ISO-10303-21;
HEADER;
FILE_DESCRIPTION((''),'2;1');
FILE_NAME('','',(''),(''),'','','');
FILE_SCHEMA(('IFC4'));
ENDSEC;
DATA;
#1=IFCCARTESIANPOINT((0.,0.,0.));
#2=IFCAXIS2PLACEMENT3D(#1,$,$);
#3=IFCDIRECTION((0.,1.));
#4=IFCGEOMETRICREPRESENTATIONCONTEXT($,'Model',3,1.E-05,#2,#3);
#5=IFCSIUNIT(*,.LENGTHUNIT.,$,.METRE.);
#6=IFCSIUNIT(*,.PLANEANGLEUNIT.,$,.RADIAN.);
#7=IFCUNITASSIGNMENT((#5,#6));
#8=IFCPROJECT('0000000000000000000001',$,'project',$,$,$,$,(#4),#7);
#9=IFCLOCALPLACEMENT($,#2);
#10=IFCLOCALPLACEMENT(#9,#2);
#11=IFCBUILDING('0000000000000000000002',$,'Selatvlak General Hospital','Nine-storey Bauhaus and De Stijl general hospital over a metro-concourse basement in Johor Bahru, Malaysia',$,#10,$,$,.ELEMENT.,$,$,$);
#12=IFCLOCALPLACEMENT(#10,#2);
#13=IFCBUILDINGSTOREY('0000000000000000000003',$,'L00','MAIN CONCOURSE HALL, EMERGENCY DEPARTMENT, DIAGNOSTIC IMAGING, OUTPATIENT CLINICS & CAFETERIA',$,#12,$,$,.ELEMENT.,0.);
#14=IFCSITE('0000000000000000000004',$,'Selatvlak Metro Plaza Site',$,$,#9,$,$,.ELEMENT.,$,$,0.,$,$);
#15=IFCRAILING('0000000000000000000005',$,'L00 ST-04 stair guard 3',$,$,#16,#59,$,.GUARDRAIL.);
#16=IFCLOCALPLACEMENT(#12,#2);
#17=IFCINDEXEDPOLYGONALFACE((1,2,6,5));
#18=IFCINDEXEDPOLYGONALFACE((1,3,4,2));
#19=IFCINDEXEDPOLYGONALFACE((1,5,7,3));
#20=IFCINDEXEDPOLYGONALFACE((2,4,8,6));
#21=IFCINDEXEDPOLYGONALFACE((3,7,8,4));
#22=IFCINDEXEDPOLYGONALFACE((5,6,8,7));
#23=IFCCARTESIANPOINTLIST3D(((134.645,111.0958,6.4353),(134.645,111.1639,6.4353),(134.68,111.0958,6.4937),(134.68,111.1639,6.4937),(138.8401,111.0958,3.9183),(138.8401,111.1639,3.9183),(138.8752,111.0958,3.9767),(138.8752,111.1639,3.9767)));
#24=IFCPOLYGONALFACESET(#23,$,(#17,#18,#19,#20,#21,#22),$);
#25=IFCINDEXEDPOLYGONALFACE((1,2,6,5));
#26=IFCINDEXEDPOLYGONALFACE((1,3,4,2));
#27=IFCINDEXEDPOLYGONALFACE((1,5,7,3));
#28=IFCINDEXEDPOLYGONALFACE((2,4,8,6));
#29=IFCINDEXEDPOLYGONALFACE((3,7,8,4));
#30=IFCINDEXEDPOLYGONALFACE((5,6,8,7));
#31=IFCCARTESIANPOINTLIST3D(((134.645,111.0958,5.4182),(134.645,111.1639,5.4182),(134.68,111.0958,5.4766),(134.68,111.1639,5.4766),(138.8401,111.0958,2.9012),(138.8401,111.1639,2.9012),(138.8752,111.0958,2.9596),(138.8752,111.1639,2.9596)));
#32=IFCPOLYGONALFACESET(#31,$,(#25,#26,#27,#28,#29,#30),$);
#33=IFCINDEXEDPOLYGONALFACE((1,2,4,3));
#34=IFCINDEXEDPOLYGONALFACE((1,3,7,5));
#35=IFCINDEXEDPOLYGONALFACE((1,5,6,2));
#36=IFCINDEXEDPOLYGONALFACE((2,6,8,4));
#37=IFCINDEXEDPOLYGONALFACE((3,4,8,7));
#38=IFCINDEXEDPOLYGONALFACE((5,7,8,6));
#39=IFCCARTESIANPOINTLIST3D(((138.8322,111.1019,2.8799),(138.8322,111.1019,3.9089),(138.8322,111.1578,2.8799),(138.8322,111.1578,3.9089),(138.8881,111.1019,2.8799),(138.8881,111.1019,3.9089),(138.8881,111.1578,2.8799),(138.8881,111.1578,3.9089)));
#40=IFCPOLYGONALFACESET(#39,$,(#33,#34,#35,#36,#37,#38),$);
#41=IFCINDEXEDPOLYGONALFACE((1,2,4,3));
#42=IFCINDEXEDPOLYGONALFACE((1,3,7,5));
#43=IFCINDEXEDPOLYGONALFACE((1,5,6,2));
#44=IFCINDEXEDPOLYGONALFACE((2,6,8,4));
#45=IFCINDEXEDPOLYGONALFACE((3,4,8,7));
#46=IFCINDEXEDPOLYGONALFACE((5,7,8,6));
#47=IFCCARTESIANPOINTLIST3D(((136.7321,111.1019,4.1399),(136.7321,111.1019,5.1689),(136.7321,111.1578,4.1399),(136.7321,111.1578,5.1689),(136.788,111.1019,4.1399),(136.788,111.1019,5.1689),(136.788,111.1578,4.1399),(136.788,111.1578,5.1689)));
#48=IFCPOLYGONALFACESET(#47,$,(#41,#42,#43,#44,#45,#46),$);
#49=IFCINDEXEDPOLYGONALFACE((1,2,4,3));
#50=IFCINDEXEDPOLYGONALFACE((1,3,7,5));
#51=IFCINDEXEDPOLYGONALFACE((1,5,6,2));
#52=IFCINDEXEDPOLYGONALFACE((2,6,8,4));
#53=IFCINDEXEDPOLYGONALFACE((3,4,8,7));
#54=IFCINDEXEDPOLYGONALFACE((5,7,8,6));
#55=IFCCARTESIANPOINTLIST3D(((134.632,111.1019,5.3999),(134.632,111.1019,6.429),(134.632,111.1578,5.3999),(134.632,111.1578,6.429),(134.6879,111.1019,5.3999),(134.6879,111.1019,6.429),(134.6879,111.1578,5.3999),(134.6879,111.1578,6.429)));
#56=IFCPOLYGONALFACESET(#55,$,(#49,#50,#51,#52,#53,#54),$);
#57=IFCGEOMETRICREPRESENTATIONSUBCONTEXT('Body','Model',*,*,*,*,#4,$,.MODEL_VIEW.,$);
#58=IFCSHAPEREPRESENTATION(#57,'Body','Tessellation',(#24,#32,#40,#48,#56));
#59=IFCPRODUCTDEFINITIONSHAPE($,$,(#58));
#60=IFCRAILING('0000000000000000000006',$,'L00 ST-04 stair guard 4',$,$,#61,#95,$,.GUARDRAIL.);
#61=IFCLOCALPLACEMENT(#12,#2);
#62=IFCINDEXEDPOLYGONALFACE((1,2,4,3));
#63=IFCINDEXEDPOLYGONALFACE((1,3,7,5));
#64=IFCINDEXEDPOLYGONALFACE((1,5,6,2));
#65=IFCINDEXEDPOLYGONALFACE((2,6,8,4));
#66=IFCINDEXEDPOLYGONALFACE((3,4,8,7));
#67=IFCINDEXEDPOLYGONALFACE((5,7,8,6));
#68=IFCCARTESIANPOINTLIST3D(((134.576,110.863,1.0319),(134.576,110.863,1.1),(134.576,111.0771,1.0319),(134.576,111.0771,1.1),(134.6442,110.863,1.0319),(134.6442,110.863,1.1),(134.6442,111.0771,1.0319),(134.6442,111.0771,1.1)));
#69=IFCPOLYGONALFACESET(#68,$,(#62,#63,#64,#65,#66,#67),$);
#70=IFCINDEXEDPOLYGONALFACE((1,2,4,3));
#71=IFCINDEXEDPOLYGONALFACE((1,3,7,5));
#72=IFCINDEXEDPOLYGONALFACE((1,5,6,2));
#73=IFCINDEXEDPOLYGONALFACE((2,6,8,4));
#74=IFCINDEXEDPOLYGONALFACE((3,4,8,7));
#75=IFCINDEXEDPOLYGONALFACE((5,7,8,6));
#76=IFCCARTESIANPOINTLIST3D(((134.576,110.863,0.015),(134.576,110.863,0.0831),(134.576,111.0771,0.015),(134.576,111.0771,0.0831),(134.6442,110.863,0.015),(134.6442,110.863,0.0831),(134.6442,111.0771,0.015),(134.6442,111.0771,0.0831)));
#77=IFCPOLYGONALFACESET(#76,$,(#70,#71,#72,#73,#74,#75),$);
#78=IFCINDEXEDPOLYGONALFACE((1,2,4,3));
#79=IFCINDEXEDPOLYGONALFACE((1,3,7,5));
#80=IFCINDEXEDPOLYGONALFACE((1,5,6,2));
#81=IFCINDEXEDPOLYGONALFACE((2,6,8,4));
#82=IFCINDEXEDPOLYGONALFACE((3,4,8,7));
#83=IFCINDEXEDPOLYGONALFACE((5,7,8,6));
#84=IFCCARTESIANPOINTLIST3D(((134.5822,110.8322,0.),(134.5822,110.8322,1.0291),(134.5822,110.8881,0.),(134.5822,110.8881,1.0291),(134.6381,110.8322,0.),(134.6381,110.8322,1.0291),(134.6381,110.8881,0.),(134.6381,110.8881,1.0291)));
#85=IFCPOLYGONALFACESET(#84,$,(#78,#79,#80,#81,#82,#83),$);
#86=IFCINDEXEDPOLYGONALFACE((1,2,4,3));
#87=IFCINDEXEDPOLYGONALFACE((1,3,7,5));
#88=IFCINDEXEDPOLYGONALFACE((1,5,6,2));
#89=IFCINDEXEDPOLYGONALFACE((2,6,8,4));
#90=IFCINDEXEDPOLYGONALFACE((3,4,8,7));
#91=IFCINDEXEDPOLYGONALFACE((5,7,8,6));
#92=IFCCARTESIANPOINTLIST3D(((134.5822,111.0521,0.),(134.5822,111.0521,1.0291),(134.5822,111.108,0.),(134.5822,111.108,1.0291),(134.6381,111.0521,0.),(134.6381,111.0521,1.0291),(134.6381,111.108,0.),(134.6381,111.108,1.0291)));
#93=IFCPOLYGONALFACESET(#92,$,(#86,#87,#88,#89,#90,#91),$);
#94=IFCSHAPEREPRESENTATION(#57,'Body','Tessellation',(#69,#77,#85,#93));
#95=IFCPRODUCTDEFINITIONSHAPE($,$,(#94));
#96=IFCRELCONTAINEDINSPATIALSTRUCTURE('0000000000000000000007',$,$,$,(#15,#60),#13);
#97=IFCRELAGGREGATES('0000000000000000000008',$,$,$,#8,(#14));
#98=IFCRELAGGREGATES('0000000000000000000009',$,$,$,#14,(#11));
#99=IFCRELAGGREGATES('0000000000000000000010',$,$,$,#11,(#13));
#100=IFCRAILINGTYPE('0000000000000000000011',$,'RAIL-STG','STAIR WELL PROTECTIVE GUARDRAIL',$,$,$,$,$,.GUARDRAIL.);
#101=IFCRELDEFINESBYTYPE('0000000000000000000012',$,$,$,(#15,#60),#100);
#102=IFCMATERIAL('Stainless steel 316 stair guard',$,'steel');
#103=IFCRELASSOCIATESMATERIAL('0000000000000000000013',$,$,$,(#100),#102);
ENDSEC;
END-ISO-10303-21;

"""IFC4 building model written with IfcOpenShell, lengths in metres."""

from ifc_helpers import new_model, si_unit, direction, frame, origin, origin_2d, place, context, subcontext, project, spatial, rectangle, extrude, material, type_object, element, save


model = new_model("IFC4")

# Units and contexts
model_context = context("Model", 3, precision=1e-05, world=origin(), true_north=direction((0.0, 1.0)))
body_context = subcontext(model_context, "Body", "Model", "MODEL_VIEW")
ifc_project = project(units=[si_unit("LENGTHUNIT", "METRE"), si_unit("PLANEANGLEUNIT", "RADIAN")], contexts=[model_context])

# Site, building, storey
site_placement = place(None, origin())
site = spatial("IfcSite", under=ifc_project, at=site_placement, Name="Selatvlak Metro Plaza Site", CompositionType="ELEMENT", RefElevation=0.0)
building_placement = place(site_placement, origin())
building = spatial("IfcBuilding", under=site, at=building_placement, Name="Selatvlak General Hospital", Description="Nine-storey Bauhaus and De Stijl general hospital over a metro-concourse basement in Johor Bahru, Malaysia", CompositionType="ELEMENT")
storey_placement = place(building_placement, origin())
storey = spatial("IfcBuildingStorey", under=building, at=storey_placement, Name="L00", Description="MAIN CONCOURSE HALL, EMERGENCY DEPARTMENT, DIAGNOSTIC IMAGING, OUTPATIENT CLINICS & CAFETERIA", CompositionType="ELEMENT", Elevation=0.0)

# Railings
ifc_material_1 = material(Name="Stainless steel 316 stair guard", Category="steel")
railing_type_1 = type_object("IfcRailingType", Name="RAIL-STG", Description="STAIR WELL PROTECTIVE GUARDRAIL", PredefinedType="GUARDRAIL", material=ifc_material_1)
railing_1_placement = place(storey_placement, frame((138.8601, 111.1299, 2.8799)))
element("IfcRailing", 1, at=railing_1_placement, inside=storey, type_object=railing_type_1, Name="L00 ST-04 stair guard 3", PredefinedType="GUARDRAIL", context=body_context, shape_type="SweptSolid", body=[
    extrude(rectangle(XDim=0.0681, YDim=0.0681, at=origin_2d()), frame((-0.0024, 0.0, 1.0676), z_axis=(-0.857502, 0.0, 0.514481), x_axis=(0.0, -1.0, 0.0)), (0.0, 0.0, 1.0), 4.8923),
    extrude(rectangle(XDim=0.0681, YDim=0.0681, at=origin_2d()), frame((-0.0024, 0.0, 0.0505), z_axis=(-0.857502, 0.0, 0.514481), x_axis=(0.0, -1.0, 0.0)), (0.0, 0.0, 1.0), 4.8923),
    extrude(rectangle(XDim=0.0559, YDim=0.0559, at=origin_2d()), origin(), (0.0, 0.0, 1.0), 1.0291),
    extrude(rectangle(XDim=0.0559, YDim=0.0559, at=origin_2d()), frame((-2.1001, 0.0, 1.26)), (0.0, 0.0, 1.0), 1.0291),
    extrude(rectangle(XDim=0.0559, YDim=0.0559, at=origin_2d()), frame((-4.2002, 0.0, 2.52)), (0.0, 0.0, 1.0), 1.0291),
])
railing_2_placement = place(storey_placement, frame((134.6101, 110.8601, 0.0)))
element("IfcRailing", 2, at=railing_2_placement, inside=storey, type_object=railing_type_1, Name="L00 ST-04 stair guard 4", PredefinedType="GUARDRAIL", context=body_context, shape_type="SweptSolid", body=[
    extrude(rectangle(XDim=0.0681, YDim=0.0681, at=origin_2d()), frame((0.0, 0.0029, 1.0659), z_axis=(0.0, 1.0, 0.0), x_axis=(-1.0, 0.0, 0.0)), (0.0, 0.0, 1.0), 0.2141),
    extrude(rectangle(XDim=0.0681, YDim=0.0681, at=origin_2d()), frame((0.0, 0.0029, 0.0491), z_axis=(0.0, 1.0, 0.0), x_axis=(-1.0, 0.0, 0.0)), (0.0, 0.0, 1.0), 0.2141),
    extrude(rectangle(XDim=0.0559, YDim=0.0559, at=origin_2d()), origin(), (0.0, 0.0, 1.0), 1.0291),
    extrude(rectangle(XDim=0.0559, YDim=0.0559, at=origin_2d()), frame((0.0, 0.22, 0.0)), (0.0, 0.0, 1.0), 1.0291),
])

save(model, "model.ifc")
